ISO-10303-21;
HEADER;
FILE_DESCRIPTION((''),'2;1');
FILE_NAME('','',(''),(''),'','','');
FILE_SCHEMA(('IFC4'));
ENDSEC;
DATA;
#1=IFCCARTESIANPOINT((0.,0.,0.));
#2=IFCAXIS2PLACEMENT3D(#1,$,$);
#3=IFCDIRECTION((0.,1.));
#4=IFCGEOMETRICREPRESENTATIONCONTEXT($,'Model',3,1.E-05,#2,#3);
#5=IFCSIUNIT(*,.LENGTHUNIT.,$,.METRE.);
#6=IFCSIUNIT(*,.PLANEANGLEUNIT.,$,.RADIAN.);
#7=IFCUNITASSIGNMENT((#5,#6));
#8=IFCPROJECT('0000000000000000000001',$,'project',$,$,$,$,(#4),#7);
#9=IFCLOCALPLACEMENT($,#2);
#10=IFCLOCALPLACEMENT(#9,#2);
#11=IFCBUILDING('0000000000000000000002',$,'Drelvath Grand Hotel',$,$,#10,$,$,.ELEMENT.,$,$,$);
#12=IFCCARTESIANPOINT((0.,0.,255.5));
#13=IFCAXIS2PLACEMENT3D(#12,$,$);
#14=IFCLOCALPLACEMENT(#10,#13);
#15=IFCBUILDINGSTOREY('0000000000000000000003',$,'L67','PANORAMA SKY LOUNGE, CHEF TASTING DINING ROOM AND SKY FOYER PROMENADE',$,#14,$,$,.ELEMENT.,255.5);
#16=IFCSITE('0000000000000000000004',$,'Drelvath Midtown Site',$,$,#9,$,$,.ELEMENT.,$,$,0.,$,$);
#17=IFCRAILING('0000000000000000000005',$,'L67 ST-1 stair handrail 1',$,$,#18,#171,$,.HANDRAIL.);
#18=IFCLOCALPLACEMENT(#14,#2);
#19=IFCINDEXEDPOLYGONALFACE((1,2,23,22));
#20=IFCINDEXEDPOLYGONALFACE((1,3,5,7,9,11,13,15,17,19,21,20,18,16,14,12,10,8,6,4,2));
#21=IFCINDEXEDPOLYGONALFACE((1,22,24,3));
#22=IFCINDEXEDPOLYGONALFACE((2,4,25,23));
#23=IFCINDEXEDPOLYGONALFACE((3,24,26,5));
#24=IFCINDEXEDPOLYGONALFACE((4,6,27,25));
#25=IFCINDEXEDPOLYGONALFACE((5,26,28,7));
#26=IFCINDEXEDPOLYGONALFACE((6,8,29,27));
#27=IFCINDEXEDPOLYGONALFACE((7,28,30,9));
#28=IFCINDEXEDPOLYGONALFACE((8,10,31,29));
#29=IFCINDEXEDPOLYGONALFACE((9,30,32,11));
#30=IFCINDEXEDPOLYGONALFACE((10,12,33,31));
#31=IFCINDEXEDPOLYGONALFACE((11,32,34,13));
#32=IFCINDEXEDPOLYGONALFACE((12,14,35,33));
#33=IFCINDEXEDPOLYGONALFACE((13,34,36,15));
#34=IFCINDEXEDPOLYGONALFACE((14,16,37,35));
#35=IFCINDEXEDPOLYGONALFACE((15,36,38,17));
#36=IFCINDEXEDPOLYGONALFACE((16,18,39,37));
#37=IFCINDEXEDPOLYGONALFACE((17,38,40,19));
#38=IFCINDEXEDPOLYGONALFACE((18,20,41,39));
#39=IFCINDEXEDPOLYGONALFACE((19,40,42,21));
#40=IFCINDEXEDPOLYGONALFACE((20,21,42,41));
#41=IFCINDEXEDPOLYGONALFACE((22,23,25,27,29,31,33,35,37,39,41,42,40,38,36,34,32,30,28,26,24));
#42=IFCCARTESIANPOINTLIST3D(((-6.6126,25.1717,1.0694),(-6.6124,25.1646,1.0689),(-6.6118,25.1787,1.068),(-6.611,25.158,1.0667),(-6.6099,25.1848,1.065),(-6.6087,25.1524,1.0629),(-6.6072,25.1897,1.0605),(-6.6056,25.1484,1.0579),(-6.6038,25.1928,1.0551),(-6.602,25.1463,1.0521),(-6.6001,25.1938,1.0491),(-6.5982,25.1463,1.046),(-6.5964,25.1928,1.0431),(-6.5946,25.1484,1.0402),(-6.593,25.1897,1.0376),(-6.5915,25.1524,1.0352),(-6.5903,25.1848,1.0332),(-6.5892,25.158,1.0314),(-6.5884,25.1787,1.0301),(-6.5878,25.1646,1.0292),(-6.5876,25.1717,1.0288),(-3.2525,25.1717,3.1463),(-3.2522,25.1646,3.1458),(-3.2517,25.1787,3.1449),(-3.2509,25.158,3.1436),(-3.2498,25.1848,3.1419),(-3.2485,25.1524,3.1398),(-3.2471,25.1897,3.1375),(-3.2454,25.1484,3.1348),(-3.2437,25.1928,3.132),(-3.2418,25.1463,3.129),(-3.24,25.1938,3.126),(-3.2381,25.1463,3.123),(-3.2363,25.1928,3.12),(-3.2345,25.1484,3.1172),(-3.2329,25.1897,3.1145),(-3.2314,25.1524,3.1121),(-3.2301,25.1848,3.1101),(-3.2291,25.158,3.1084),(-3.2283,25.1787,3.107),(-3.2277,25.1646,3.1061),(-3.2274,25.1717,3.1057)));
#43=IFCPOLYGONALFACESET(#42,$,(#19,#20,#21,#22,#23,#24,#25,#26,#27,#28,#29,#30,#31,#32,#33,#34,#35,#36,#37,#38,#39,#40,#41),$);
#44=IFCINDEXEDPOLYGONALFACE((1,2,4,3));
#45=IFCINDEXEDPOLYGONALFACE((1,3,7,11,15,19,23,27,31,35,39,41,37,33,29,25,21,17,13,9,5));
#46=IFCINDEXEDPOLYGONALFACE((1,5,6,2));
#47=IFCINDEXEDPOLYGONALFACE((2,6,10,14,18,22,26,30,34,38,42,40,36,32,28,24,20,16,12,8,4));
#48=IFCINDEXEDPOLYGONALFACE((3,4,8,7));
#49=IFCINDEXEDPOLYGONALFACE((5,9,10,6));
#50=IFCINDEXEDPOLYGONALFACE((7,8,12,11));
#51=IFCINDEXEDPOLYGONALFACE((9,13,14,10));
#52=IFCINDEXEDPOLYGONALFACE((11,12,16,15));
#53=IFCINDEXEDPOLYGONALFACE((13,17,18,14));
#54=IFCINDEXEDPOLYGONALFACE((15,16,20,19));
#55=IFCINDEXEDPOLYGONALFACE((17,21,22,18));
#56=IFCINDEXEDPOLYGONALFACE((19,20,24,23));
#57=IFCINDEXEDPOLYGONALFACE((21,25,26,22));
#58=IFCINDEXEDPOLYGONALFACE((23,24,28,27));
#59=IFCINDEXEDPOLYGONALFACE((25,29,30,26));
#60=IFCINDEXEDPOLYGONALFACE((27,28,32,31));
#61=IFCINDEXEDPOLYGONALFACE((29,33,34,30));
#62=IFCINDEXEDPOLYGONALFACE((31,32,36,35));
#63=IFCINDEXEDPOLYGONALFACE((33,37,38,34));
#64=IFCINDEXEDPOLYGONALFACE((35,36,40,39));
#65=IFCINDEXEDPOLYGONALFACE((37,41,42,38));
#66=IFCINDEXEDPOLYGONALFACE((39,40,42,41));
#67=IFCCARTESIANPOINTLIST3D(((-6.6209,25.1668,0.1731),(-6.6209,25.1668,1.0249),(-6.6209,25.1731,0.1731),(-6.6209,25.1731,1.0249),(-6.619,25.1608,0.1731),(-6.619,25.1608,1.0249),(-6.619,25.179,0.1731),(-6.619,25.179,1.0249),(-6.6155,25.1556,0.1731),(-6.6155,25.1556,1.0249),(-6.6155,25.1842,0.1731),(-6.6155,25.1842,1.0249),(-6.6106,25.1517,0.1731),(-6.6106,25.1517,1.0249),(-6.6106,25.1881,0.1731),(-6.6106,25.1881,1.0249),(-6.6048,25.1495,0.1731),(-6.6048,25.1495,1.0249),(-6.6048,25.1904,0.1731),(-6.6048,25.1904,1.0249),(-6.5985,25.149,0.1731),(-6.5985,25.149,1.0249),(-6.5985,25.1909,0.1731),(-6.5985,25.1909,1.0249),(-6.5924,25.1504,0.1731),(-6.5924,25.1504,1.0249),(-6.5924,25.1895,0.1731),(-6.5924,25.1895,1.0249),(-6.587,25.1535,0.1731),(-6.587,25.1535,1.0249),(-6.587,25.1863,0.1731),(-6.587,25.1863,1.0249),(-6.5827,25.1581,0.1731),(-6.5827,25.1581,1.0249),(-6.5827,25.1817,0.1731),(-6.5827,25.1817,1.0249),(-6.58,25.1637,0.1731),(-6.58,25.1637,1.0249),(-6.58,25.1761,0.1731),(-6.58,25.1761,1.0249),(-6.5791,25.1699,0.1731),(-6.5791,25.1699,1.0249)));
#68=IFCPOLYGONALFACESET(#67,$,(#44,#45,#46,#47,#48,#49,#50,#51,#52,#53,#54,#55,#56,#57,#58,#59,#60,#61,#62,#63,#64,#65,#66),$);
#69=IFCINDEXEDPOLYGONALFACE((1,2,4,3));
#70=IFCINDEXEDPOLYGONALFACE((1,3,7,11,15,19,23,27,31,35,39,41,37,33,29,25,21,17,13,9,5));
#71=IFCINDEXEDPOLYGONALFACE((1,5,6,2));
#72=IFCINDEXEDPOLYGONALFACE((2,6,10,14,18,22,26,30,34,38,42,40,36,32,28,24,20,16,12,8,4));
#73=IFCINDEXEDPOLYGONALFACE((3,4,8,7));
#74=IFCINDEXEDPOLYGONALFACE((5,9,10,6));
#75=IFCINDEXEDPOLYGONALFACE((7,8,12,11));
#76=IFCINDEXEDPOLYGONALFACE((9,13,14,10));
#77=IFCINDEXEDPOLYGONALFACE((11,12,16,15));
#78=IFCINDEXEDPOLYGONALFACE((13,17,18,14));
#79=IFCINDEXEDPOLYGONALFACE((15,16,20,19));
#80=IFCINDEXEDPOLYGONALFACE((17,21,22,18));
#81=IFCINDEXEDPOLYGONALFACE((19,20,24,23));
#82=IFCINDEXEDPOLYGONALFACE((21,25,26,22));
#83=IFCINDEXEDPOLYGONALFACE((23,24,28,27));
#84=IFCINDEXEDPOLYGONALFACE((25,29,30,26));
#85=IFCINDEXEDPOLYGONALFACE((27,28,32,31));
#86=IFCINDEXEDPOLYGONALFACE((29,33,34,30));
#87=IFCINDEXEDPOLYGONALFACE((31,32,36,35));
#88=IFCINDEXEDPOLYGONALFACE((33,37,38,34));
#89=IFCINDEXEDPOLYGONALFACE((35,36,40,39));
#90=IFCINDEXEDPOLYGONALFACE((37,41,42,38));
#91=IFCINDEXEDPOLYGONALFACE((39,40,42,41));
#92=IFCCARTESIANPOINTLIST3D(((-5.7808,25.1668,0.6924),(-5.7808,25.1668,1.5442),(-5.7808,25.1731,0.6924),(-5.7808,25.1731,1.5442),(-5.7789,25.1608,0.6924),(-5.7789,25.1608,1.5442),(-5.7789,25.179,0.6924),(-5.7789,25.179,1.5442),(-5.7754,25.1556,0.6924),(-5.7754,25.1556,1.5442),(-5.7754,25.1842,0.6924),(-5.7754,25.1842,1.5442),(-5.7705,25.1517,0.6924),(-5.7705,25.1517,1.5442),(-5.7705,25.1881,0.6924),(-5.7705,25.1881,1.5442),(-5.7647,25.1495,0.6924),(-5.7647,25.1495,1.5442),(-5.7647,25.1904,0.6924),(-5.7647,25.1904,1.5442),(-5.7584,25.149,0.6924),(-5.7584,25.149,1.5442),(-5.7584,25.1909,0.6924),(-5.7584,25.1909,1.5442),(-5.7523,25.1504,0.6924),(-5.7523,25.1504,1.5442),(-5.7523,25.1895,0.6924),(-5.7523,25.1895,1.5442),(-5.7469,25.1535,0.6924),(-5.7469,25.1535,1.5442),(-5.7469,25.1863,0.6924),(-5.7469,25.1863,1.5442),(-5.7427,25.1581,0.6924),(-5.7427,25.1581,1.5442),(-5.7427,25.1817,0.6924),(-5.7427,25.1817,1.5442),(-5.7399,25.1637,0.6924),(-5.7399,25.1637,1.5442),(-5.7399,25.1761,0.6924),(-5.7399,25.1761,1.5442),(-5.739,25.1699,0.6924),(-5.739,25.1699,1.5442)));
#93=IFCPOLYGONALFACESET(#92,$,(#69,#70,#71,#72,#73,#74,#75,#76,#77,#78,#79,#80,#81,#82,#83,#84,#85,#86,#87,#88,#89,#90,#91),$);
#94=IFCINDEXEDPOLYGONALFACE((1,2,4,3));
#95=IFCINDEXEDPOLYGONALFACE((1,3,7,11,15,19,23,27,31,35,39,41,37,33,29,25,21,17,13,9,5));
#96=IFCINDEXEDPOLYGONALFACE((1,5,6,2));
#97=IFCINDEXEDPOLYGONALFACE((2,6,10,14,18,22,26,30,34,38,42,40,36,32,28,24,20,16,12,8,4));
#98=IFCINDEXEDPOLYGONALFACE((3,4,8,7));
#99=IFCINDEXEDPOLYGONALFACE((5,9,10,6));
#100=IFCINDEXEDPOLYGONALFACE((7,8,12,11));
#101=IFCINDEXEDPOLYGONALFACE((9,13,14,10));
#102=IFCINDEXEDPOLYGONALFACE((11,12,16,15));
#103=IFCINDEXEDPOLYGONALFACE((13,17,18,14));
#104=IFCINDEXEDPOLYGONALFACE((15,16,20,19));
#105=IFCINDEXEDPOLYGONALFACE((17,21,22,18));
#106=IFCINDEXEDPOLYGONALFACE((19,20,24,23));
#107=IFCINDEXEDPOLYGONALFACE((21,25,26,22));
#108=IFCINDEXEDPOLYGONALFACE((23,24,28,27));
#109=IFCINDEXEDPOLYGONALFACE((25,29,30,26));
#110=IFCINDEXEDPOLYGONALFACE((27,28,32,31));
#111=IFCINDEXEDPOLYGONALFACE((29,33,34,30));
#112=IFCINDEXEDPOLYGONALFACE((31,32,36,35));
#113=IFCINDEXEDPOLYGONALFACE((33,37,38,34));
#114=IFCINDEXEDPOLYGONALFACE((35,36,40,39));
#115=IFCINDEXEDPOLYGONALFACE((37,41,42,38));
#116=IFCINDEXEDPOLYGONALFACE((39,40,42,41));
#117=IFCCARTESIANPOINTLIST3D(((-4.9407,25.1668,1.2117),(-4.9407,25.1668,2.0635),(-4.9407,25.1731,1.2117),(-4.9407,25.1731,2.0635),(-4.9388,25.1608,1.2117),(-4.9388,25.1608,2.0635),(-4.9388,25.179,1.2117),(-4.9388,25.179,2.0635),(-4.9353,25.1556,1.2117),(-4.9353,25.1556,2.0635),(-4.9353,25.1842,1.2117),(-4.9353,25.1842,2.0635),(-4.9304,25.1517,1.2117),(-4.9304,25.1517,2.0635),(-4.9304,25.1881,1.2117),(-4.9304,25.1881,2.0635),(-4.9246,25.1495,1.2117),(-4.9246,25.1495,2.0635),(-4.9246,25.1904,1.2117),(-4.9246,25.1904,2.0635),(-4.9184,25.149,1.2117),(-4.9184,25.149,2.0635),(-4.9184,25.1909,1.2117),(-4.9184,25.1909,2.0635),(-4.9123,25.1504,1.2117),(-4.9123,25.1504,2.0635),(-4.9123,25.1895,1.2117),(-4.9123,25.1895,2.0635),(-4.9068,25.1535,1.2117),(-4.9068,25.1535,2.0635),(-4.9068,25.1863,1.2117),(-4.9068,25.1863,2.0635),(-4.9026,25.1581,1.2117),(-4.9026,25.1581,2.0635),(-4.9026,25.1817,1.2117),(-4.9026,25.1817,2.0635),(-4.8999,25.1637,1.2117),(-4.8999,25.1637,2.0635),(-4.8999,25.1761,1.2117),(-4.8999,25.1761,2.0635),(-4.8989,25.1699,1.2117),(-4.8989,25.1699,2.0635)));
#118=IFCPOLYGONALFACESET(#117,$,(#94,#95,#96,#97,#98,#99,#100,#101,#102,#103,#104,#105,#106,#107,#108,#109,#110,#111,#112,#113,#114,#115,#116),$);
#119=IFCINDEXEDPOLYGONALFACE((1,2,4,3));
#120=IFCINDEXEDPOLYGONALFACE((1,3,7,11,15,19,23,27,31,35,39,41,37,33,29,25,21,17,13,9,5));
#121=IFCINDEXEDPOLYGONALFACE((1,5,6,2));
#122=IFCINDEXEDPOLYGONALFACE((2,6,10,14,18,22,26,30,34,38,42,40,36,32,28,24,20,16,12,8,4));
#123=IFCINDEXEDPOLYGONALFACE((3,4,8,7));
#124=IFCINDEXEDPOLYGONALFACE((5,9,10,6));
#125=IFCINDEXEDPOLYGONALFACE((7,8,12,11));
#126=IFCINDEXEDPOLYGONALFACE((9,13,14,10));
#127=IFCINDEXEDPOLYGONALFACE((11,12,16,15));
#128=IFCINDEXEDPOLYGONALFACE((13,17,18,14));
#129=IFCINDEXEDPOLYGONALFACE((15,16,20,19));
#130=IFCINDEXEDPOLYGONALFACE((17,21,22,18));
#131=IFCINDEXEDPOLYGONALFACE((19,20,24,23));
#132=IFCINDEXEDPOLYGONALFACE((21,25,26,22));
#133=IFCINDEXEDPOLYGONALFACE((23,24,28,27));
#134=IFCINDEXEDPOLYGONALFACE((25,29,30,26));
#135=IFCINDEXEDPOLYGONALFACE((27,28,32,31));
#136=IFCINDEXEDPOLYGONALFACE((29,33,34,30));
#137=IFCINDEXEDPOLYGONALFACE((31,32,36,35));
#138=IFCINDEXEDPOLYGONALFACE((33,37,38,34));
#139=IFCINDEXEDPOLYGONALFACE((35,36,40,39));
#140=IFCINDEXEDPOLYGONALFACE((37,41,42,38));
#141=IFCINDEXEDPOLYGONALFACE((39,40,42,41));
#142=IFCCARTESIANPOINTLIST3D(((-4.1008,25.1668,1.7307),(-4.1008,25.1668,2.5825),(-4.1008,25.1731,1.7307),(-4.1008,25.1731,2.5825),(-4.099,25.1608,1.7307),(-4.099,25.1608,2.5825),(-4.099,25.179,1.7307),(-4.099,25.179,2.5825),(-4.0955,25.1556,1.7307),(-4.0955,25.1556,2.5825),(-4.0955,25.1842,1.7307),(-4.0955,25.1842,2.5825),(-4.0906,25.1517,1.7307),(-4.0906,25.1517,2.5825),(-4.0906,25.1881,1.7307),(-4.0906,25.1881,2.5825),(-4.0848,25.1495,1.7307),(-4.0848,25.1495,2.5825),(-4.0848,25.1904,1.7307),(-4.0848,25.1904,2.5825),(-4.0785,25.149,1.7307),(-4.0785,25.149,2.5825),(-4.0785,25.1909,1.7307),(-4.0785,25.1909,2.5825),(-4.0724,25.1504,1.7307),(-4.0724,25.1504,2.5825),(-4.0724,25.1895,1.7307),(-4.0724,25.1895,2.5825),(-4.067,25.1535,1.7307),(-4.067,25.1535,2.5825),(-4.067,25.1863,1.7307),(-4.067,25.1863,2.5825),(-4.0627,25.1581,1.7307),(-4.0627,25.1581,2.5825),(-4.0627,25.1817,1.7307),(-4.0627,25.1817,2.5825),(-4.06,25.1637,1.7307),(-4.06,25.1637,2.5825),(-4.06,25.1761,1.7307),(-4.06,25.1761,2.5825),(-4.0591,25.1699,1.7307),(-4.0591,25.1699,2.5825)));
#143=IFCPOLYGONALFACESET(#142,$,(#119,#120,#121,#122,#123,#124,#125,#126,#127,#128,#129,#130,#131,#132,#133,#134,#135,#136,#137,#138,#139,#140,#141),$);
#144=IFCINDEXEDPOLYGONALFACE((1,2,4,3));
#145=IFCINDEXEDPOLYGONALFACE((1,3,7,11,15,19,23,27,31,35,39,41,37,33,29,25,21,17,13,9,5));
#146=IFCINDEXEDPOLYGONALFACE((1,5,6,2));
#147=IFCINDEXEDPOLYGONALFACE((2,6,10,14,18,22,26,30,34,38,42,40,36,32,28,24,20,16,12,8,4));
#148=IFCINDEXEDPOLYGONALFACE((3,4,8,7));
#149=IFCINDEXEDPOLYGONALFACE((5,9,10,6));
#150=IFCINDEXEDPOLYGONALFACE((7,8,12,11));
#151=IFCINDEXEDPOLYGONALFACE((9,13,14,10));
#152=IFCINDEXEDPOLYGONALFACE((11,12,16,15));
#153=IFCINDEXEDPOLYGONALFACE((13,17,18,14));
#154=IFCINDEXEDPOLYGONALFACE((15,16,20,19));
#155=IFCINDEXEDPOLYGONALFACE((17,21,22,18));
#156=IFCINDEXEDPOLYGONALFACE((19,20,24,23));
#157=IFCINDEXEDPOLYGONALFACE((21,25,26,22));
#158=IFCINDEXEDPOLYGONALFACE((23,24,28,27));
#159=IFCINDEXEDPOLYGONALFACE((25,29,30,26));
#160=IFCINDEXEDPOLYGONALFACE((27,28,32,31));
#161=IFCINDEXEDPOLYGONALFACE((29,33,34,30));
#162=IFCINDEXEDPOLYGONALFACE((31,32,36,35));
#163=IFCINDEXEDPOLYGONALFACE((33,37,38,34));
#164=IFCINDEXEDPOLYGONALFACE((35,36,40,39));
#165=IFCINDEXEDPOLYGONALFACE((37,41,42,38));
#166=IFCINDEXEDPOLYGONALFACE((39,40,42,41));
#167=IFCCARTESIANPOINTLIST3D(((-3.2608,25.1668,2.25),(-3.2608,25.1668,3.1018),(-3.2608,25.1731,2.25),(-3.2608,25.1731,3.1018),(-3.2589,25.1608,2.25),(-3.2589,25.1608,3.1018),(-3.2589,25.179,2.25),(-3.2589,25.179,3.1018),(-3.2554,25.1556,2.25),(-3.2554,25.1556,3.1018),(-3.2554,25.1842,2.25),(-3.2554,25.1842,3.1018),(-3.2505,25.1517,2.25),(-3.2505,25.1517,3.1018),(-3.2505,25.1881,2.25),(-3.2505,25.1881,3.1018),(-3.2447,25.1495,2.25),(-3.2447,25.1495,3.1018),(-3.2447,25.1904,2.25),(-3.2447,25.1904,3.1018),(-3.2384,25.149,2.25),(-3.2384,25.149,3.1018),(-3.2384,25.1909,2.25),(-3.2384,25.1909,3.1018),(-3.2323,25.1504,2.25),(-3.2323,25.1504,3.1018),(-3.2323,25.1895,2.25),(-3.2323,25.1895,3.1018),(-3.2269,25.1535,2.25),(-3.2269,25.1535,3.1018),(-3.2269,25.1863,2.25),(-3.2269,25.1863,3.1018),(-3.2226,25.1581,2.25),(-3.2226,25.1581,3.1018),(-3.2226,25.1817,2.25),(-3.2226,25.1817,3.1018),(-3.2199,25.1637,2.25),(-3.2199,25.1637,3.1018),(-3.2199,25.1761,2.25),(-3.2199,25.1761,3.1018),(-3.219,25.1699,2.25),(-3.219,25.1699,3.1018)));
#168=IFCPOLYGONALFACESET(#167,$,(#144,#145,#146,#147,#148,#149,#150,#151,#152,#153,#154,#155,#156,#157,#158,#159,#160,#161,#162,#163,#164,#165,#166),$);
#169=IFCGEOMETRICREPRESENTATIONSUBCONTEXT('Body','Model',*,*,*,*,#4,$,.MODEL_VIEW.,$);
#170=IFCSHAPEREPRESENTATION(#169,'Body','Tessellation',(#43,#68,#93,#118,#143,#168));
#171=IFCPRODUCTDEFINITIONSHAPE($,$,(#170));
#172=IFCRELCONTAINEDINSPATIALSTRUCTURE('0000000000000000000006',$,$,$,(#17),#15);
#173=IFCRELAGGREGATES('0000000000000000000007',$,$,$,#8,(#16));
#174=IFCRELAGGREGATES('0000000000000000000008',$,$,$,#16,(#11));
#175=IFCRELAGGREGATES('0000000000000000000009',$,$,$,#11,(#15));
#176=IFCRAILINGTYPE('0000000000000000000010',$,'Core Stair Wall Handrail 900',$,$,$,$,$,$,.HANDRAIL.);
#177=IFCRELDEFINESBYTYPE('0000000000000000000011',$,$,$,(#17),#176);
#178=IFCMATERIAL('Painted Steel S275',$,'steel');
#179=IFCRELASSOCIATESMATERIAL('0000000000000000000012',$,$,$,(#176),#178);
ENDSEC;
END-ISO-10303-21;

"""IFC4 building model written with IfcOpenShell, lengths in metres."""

from ifc_helpers import new_model, si_unit, direction, frame, origin, origin_2d, place, context, subcontext, project, spatial, circle, extrude, material, type_object, element, save


model = new_model("IFC4")

# Units and contexts
model_context = context("Model", 3, precision=1e-05, world=origin(), true_north=direction((0.0, 1.0)))
body_context = subcontext(model_context, "Body", "Model", "MODEL_VIEW")
ifc_project = project(units=[si_unit("LENGTHUNIT", "METRE"), si_unit("PLANEANGLEUNIT", "RADIAN")], contexts=[model_context])

# Site, building, storey
site_placement = place(None, origin())
site = spatial("IfcSite", under=ifc_project, at=site_placement, Name="Drelvath Midtown Site", CompositionType="ELEMENT", RefElevation=0.0)
building_placement = place(site_placement, origin())
building = spatial("IfcBuilding", under=site, at=building_placement, Name="Drelvath Grand Hotel", CompositionType="ELEMENT")
storey_placement = place(building_placement, frame((0.0, 0.0, 255.5)))
storey = spatial("IfcBuildingStorey", under=building, at=storey_placement, Name="L67", Description="PANORAMA SKY LOUNGE, CHEF TASTING DINING ROOM AND SKY FOYER PROMENADE", CompositionType="ELEMENT", Elevation=255.5)

# Shared definitions
ifc_material_1 = material(Name="Painted Steel S275", Category="steel")

# Railing
railing_type_1 = type_object("IfcRailingType", Name="Core Stair Wall Handrail 900", PredefinedType="HANDRAIL", material=ifc_material_1)
railing_1_placement = place(storey_placement, frame((-6.6001, 25.1699, 0.1731)))
element("IfcRailing", 1, at=railing_1_placement, inside=storey, type_object=railing_type_1, Name="L67 ST-1 stair handrail 1", PredefinedType="HANDRAIL", context=body_context, shape_type="SweptSolid", body=[
    extrude(circle(Radius=0.0239, at=origin_2d()), frame((0.0, 0.0, 0.876), z_axis=(0.850623, 0.0, 0.525776), x_axis=(0.0, 1.0, 0.0)), (0.0, 0.0, 1.0), 3.9502),
    extrude(circle(Radius=0.021, at=origin_2d()), origin(), (0.0, 0.0, 1.0), 0.8518),
    extrude(circle(Radius=0.021, at=origin_2d()), frame((0.8401, 0.0, 0.5193)), (0.0, 0.0, 1.0), 0.8518),
    extrude(circle(Radius=0.021, at=origin_2d()), frame((1.6802, 0.0, 1.0386)), (0.0, 0.0, 1.0), 0.8518),
    extrude(circle(Radius=0.021, at=origin_2d()), frame((2.52, 0.0, 1.5576)), (0.0, 0.0, 1.0), 0.8518),
    extrude(circle(Radius=0.021, at=origin_2d()), frame((3.3601, 0.0, 2.0769)), (0.0, 0.0, 1.0), 0.8518),
])

save(model, "model.ifc")
